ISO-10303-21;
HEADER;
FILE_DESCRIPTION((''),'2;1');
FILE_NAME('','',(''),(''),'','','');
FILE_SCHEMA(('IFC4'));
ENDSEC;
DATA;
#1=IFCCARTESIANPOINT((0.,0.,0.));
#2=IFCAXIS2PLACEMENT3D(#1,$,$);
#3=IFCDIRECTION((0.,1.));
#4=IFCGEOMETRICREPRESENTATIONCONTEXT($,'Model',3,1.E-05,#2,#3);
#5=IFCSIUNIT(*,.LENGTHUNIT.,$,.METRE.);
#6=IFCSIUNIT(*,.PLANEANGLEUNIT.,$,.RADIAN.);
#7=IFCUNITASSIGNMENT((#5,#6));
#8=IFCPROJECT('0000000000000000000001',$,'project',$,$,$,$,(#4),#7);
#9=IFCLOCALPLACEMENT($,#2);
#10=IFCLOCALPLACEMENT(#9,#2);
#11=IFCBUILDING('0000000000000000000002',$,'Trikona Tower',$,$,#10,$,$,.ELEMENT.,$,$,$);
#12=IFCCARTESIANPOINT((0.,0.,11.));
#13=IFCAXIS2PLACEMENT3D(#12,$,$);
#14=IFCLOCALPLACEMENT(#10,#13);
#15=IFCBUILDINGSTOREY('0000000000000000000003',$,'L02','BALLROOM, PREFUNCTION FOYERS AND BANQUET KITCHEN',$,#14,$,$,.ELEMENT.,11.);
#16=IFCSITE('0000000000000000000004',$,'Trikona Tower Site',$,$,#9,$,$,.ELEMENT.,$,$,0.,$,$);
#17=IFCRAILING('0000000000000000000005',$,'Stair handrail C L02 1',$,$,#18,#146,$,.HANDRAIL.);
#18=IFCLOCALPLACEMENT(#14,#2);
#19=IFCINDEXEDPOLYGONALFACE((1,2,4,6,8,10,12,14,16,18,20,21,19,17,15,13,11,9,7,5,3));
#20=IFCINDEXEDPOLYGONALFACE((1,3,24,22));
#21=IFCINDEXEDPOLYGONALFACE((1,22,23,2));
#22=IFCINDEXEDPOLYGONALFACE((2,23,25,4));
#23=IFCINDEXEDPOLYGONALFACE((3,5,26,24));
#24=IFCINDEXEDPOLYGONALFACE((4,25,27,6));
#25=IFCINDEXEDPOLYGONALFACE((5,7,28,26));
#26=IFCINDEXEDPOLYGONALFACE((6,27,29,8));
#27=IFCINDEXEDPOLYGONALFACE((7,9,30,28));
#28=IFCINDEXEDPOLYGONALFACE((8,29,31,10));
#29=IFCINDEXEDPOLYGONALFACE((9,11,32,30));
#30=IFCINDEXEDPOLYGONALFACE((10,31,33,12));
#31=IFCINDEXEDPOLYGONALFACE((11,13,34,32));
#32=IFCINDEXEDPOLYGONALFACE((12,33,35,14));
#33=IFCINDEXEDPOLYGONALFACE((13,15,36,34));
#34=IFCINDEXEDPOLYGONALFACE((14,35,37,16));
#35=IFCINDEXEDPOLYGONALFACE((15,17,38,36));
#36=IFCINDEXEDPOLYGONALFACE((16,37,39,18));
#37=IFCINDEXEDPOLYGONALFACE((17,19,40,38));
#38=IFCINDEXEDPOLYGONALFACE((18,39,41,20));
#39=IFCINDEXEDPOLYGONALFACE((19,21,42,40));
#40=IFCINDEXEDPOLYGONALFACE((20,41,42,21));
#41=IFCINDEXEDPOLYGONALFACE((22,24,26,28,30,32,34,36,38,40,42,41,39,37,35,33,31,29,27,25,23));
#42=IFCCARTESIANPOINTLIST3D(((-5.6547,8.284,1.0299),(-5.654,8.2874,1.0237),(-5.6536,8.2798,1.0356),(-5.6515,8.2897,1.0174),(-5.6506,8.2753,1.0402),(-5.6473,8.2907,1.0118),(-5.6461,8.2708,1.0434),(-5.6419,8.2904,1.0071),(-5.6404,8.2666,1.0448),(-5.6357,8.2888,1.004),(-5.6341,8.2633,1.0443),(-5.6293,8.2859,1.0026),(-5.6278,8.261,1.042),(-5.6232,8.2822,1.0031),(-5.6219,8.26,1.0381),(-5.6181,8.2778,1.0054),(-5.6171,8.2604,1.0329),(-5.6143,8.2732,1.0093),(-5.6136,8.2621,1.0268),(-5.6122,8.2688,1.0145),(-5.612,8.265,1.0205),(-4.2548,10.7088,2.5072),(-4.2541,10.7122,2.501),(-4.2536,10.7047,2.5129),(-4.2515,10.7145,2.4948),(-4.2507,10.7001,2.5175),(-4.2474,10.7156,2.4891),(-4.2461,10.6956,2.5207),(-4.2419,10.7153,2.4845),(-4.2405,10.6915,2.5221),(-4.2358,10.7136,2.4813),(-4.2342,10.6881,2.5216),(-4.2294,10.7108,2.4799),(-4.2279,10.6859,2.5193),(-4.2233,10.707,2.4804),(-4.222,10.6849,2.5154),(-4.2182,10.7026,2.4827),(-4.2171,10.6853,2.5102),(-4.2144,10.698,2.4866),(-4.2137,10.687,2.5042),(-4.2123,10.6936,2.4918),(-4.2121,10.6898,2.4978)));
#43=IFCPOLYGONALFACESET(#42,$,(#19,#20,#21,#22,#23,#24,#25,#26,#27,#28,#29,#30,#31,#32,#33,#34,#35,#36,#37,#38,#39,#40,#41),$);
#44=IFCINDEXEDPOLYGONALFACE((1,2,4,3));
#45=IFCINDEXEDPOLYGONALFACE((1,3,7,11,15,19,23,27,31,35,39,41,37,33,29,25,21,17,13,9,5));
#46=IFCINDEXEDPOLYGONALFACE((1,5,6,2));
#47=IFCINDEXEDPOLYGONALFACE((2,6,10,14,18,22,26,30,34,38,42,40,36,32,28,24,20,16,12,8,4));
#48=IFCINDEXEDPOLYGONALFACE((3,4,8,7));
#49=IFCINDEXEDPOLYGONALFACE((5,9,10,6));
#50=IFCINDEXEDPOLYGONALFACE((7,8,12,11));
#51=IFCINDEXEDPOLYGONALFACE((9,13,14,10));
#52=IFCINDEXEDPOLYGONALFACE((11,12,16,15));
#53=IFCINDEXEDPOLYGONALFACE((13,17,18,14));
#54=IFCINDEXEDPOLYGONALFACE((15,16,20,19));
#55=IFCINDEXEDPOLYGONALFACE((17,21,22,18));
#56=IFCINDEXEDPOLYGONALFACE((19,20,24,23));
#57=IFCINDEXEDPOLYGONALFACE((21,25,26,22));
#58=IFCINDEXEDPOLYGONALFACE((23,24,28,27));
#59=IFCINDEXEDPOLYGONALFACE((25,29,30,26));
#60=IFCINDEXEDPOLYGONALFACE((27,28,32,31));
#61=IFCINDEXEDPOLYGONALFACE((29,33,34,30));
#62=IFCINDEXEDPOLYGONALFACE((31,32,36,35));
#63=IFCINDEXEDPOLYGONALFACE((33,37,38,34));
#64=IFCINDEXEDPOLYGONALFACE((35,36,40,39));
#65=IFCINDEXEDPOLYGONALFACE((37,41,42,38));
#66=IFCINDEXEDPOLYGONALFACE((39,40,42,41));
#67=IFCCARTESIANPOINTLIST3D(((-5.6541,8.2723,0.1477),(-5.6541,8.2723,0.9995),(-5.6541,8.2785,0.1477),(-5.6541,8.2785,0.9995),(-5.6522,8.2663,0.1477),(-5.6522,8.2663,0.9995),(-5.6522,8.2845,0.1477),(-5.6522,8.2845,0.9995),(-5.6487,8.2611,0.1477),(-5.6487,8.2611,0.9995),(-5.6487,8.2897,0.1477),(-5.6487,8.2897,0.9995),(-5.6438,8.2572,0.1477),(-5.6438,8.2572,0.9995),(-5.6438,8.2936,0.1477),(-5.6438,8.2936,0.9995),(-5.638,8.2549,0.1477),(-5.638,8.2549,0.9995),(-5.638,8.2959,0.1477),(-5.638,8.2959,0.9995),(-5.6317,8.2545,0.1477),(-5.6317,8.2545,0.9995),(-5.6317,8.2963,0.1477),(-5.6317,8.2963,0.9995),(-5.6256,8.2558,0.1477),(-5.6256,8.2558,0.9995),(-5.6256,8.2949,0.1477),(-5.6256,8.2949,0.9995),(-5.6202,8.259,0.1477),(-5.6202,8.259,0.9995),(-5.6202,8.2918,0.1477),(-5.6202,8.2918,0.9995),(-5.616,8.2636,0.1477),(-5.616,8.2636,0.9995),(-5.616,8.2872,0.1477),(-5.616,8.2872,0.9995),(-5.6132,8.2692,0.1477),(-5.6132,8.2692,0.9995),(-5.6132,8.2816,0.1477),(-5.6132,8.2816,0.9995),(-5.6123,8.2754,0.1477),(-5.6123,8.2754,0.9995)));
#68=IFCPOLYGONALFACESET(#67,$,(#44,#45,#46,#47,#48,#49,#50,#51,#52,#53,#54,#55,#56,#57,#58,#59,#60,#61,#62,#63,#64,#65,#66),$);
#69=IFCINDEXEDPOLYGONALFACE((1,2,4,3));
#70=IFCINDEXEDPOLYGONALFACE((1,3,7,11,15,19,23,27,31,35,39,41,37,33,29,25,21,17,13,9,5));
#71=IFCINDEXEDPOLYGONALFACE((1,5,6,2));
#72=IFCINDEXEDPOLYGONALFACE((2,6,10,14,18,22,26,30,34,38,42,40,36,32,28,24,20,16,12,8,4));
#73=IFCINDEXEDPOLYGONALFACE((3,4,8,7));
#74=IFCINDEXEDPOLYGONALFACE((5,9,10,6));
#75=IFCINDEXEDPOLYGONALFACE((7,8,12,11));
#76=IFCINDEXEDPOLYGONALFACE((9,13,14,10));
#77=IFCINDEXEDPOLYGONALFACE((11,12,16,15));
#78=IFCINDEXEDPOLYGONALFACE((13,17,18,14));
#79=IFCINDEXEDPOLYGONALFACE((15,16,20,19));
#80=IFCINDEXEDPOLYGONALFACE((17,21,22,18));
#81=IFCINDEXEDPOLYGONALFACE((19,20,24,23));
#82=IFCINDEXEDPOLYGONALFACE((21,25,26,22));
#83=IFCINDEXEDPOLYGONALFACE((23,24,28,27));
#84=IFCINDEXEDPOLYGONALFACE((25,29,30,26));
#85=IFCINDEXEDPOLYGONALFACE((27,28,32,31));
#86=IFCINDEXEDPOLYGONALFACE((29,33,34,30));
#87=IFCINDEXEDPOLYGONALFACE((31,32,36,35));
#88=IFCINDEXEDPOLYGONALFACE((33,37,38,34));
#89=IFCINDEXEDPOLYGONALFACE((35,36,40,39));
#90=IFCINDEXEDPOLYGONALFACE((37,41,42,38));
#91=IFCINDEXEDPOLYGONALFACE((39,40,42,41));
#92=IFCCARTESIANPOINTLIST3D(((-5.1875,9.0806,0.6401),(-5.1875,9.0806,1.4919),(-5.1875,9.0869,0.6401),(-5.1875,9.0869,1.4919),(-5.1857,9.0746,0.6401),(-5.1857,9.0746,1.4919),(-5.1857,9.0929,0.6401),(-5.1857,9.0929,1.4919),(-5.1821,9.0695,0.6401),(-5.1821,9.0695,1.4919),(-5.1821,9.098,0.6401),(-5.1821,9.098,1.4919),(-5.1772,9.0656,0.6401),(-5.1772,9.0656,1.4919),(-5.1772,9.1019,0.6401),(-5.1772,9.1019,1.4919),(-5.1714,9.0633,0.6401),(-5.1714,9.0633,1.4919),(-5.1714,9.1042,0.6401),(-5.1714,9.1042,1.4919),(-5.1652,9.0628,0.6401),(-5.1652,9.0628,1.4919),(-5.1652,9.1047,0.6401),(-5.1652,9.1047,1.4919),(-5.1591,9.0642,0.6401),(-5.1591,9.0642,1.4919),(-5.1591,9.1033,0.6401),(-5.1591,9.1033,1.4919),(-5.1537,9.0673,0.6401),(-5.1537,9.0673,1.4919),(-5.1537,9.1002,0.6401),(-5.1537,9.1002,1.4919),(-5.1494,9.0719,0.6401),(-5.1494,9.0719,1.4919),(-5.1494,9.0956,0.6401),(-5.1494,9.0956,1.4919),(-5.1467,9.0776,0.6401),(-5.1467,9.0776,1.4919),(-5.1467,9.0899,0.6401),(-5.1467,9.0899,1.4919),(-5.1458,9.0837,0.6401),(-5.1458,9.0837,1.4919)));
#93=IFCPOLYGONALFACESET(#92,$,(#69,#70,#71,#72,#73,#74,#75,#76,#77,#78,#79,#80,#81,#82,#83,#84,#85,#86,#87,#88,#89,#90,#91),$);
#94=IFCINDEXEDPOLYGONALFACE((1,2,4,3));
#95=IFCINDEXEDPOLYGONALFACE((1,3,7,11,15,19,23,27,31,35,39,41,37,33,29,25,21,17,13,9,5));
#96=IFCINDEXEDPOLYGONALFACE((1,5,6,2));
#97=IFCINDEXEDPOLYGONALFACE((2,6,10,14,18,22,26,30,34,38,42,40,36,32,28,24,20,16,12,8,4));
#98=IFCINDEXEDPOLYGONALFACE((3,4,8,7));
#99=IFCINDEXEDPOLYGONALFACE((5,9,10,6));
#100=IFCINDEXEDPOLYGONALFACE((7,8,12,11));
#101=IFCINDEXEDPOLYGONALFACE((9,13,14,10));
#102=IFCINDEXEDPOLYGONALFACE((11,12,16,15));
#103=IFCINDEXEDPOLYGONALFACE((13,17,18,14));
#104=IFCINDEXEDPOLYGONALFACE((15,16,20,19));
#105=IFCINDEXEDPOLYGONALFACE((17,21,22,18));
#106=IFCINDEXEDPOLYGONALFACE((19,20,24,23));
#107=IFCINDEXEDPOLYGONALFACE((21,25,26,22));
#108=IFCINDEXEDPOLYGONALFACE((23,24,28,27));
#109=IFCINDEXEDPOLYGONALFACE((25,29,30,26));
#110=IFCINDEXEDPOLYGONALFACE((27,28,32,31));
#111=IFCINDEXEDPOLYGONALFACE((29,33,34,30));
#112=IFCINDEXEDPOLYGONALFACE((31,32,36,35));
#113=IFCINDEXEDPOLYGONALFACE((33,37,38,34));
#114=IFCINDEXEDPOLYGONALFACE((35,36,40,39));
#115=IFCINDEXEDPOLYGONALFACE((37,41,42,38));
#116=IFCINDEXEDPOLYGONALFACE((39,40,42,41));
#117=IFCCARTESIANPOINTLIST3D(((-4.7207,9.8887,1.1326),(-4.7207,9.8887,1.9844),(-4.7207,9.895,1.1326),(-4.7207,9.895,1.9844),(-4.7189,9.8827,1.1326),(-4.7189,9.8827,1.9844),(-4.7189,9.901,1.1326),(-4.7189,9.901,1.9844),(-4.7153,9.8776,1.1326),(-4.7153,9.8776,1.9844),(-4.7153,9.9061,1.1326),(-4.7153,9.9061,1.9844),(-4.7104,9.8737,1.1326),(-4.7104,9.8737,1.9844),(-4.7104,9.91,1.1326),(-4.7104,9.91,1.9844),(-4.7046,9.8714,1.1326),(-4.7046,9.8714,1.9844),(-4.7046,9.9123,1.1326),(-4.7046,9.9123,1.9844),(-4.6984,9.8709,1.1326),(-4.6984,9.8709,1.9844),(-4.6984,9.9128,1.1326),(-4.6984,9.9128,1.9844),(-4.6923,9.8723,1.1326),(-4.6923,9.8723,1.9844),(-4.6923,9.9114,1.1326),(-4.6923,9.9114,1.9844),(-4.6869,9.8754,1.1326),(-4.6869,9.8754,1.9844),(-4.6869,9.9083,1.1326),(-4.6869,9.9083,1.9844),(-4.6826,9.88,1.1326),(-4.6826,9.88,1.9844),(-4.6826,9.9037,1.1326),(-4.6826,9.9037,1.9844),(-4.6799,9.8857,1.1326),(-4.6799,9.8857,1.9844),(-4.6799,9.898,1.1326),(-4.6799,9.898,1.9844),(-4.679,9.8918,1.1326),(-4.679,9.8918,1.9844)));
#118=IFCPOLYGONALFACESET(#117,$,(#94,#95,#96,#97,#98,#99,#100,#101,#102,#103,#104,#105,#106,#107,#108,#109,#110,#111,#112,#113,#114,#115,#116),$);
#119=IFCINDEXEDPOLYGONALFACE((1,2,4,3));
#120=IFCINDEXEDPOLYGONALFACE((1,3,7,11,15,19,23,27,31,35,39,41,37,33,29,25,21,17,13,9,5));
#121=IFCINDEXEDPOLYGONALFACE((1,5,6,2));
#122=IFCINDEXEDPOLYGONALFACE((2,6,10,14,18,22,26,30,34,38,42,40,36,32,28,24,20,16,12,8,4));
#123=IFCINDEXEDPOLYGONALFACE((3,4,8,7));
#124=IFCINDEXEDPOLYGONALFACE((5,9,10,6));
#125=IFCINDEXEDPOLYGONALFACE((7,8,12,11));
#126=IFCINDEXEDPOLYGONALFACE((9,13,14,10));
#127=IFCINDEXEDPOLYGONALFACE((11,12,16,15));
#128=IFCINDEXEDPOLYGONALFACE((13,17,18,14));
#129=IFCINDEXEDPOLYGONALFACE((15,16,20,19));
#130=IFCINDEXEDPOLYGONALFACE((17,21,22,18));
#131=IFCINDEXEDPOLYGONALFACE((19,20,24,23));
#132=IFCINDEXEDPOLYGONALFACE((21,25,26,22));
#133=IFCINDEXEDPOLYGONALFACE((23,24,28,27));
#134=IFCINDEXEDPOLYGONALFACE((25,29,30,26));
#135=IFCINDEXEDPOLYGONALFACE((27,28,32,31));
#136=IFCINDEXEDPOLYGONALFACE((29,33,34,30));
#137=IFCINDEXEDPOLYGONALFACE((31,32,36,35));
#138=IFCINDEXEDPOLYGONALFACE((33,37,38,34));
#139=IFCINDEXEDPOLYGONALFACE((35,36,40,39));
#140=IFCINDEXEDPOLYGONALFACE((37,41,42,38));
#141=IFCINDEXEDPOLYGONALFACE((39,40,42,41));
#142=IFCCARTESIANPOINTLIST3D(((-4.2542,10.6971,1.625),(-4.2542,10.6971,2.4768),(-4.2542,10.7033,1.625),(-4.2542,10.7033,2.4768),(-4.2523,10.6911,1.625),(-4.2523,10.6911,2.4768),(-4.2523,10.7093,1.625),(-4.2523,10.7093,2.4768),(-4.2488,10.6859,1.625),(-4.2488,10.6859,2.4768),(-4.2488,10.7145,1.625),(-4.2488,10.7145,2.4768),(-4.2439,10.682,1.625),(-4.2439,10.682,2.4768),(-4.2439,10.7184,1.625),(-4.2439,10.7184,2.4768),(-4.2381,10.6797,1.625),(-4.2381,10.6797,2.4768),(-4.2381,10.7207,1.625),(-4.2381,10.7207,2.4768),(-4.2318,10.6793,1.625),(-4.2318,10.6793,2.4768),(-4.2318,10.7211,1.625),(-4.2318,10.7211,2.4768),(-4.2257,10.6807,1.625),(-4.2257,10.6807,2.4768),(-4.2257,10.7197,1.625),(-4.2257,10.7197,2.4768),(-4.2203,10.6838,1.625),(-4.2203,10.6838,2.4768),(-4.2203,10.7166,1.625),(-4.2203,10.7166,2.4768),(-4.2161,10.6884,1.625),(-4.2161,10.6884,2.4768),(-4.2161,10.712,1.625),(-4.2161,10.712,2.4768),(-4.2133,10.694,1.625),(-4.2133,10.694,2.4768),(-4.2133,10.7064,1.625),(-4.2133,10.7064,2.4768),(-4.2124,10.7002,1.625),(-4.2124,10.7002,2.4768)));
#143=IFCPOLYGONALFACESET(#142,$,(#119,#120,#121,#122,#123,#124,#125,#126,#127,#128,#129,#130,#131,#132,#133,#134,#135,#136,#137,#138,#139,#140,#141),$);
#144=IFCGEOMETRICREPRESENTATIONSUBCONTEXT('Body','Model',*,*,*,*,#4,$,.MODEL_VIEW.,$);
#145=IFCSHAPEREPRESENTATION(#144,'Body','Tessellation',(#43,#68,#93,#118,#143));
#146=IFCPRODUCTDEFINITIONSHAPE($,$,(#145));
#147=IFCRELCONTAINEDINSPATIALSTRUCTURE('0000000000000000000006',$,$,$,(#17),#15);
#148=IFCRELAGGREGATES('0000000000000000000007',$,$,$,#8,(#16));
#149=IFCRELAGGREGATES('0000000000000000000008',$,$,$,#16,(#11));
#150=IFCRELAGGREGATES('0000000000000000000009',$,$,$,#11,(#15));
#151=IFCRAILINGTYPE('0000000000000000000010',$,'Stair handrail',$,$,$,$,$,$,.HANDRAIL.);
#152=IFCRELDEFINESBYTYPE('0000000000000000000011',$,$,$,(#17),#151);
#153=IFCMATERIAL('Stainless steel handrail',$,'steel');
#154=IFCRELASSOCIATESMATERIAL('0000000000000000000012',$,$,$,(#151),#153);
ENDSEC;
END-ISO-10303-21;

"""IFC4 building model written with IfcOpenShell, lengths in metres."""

from ifc_helpers import new_model, si_unit, direction, frame, origin, origin_2d, place, context, subcontext, project, spatial, circle, extrude, material, type_object, element, save


model = new_model("IFC4")

# Units and contexts
model_context = context("Model", 3, precision=1e-05, world=origin(), true_north=direction((0.0, 1.0)))
body_context = subcontext(model_context, "Body", "Model", "MODEL_VIEW")
ifc_project = project(units=[si_unit("LENGTHUNIT", "METRE"), si_unit("PLANEANGLEUNIT", "RADIAN")], contexts=[model_context])

# Site, building, storey
site_placement = place(None, origin())
site = spatial("IfcSite", under=ifc_project, at=site_placement, Name="Trikona Tower Site", CompositionType="ELEMENT", RefElevation=0.0)
building_placement = place(site_placement, origin())
building = spatial("IfcBuilding", under=site, at=building_placement, Name="Trikona Tower", CompositionType="ELEMENT")
storey_placement = place(building_placement, frame((0.0, 0.0, 11.0)))
storey = spatial("IfcBuildingStorey", under=building, at=storey_placement, Name="L02", Description="BALLROOM, PREFUNCTION FOYERS AND BANQUET KITCHEN", CompositionType="ELEMENT", Elevation=11.0)

# Railing
ifc_material_1 = material(Name="Stainless steel handrail", Category="steel")
railing_type_1 = type_object("IfcRailingType", Name="Stair handrail", PredefinedType="HANDRAIL", material=ifc_material_1)
railing_1_placement = place(storey_placement, frame((-5.6333, 8.2754, 0.1477)))
element("IfcRailing", 1, at=railing_1_placement, inside=storey, type_object=railing_type_1, Name="Stair handrail C L02 1", PredefinedType="HANDRAIL", context=body_context, shape_type="SweptSolid", body=[
    extrude(circle(Radius=0.0239, at=origin_2d()), frame((0.0, 0.0, 0.876), z_axis=(0.442206, 0.765956, 0.466653), x_axis=(-0.866035, 0.499984, 0.0)), (0.0, 0.0, 1.0), 3.1658),
    extrude(circle(Radius=0.021, at=origin_2d()), origin(), (0.0, 0.0, 1.0), 0.8518),
    extrude(circle(Radius=0.021, at=origin_2d()), frame((0.4666, 0.8083, 0.4924)), (0.0, 0.0, 1.0), 0.8518),
    extrude(circle(Radius=0.021, at=origin_2d()), frame((0.9333, 1.6165, 0.9849)), (0.0, 0.0, 1.0), 0.8518),
    extrude(circle(Radius=0.021, at=origin_2d()), frame((1.3999, 2.4248, 1.4773)), (0.0, 0.0, 1.0), 0.8518),
])

save(model, "model.ifc")
